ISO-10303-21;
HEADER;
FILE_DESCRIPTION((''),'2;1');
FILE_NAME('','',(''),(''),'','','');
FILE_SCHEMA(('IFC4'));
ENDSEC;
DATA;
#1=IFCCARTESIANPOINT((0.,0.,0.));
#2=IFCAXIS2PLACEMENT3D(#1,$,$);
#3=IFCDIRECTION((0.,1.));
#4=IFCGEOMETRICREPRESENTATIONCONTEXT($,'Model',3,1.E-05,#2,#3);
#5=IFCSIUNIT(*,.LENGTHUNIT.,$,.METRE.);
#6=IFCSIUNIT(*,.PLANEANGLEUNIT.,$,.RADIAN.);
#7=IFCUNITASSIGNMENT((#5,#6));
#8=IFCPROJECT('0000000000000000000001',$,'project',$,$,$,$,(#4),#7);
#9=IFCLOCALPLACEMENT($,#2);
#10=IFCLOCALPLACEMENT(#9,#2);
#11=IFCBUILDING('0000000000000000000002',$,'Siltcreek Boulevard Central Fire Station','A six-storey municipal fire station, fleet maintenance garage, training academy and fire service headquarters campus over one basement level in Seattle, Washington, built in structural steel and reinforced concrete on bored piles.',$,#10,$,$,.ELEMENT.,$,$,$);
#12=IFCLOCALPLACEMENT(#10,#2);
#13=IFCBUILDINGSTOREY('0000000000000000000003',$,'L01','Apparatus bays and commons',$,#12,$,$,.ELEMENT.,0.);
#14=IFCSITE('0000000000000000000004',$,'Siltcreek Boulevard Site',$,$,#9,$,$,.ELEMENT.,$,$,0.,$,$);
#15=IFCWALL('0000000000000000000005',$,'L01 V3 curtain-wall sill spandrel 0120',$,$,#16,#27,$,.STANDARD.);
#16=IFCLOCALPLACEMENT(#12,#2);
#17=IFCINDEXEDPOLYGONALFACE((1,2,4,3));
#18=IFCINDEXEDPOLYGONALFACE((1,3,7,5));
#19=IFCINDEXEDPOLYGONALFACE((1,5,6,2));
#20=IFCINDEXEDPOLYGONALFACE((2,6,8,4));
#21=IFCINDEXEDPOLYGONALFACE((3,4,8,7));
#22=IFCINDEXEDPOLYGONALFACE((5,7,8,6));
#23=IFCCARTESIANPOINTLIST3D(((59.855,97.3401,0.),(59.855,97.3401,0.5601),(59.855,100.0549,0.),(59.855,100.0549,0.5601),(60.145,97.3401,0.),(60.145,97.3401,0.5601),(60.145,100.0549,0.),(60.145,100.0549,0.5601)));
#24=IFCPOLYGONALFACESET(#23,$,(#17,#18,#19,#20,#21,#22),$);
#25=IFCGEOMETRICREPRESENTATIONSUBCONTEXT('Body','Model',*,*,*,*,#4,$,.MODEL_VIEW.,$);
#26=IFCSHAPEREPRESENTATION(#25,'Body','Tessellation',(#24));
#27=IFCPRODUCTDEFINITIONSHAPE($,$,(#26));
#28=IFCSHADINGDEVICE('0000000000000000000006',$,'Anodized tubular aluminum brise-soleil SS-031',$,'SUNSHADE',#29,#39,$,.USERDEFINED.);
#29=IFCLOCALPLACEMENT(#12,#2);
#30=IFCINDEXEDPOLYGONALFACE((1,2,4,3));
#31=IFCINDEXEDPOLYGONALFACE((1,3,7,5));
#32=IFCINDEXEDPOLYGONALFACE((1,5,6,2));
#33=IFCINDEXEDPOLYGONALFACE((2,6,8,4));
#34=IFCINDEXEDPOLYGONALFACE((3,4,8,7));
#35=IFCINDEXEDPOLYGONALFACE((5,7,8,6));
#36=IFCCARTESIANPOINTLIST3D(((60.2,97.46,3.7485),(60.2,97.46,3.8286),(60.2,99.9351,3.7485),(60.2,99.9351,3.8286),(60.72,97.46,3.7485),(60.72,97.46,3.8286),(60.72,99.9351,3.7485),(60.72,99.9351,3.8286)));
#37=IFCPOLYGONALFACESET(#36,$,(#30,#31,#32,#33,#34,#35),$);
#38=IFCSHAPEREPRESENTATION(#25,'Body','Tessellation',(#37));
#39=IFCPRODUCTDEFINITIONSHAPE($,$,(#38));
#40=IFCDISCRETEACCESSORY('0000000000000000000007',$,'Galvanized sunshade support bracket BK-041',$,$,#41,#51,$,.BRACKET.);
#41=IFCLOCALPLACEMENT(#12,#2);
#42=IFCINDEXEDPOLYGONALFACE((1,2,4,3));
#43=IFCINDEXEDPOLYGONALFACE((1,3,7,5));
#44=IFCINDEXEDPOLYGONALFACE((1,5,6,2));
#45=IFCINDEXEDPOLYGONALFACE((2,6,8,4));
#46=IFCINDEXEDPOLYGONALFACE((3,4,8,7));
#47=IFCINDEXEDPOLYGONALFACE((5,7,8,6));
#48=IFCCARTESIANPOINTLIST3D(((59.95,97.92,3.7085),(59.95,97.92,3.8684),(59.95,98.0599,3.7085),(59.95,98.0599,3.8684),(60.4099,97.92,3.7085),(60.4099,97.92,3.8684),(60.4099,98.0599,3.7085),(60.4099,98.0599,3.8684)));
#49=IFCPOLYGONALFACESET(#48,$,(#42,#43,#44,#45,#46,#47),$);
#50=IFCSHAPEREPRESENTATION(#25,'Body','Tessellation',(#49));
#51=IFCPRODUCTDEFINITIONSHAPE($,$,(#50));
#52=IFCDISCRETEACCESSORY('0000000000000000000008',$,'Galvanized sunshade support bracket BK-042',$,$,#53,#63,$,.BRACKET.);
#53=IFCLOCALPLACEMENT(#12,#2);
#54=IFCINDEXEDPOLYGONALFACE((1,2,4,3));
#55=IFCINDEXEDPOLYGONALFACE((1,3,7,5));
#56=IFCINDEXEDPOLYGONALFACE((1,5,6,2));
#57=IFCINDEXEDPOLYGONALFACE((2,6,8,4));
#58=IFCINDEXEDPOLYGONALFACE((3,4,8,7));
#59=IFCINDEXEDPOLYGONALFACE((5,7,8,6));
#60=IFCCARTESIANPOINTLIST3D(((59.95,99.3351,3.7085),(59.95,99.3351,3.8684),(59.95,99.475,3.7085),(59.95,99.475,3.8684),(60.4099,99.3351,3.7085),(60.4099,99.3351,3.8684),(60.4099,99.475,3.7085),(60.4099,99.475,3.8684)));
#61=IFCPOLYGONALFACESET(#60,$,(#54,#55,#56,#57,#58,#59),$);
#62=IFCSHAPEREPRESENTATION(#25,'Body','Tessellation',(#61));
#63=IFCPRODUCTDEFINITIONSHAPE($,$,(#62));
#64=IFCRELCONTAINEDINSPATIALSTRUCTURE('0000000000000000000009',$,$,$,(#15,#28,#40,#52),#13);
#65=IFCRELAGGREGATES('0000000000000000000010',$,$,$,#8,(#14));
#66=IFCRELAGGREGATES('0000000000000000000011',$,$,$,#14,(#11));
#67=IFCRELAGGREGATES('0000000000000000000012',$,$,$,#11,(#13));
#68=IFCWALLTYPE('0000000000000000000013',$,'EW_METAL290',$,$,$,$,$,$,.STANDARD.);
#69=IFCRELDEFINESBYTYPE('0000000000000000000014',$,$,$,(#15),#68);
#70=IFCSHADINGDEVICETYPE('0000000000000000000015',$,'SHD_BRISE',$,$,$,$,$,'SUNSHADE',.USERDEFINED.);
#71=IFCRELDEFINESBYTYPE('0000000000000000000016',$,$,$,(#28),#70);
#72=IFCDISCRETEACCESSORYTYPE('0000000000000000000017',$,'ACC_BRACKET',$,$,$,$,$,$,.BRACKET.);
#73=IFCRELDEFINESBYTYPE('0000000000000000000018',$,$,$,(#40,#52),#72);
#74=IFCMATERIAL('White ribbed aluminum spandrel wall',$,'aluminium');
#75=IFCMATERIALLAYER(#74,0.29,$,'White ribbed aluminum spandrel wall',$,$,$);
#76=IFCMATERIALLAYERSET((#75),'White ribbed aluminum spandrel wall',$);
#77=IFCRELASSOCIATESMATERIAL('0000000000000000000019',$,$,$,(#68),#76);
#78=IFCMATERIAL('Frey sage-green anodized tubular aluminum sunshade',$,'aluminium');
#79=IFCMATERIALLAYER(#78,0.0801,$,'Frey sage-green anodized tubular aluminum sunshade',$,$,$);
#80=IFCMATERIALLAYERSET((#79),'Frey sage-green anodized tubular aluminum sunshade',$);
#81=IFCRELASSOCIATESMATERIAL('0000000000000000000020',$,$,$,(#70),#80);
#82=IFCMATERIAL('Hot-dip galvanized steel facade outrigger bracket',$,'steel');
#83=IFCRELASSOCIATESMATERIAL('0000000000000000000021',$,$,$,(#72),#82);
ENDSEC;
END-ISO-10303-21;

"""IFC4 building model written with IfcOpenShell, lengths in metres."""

from ifc_helpers import new_model, si_unit, direction, frame, frame_2d, origin, origin_2d, place, context, subcontext, project, spatial, rectangle, extrude, material, layer, layer_set, type_object, element, save


model = new_model("IFC4")

# Units and contexts
model_context = context("Model", 3, precision=1e-05, world=origin(), true_north=direction((0.0, 1.0)))
body_context = subcontext(model_context, "Body", "Model", "MODEL_VIEW")
ifc_project = project(units=[si_unit("LENGTHUNIT", "METRE"), si_unit("PLANEANGLEUNIT", "RADIAN")], contexts=[model_context])

# Site, building, storey
site_placement = place(None, origin())
site = spatial("IfcSite", under=ifc_project, at=site_placement, Name="Siltcreek Boulevard Site", CompositionType="ELEMENT", RefElevation=0.0)
building_placement = place(site_placement, origin())
building = spatial("IfcBuilding", under=site, at=building_placement, Name="Siltcreek Boulevard Central Fire Station", Description="A six-storey municipal fire station, fleet maintenance garage, training academy and fire service headquarters campus over one basement level in Seattle, Washington, built in structural steel and reinforced concrete on bored piles.", CompositionType="ELEMENT")
storey_placement = place(building_placement, origin())
storey = spatial("IfcBuildingStorey", under=building, at=storey_placement, Name="L01", Description="Apparatus bays and commons", CompositionType="ELEMENT", Elevation=0.0)

# Wall
ifc_material_1 = material(Name="White ribbed aluminum spandrel wall", Category="aluminium")
ifc_layer_1 = layer(ifc_material_1, 0.29, Name="White ribbed aluminum spandrel wall")
ifc_layer_set_1 = layer_set([ifc_layer_1], Name="White ribbed aluminum spandrel wall")
wall_type = type_object("IfcWallType", Name="EW_METAL290", PredefinedType="STANDARD", material=ifc_layer_set_1)
wall_1_placement = place(storey_placement, frame((60.0, 97.3401, 0.0), z_axis=(0.0, 0.0, 1.0), x_axis=(0.0, 1.0, 0.0)))
element("IfcWall", 1, at=wall_1_placement, inside=storey, type_object=wall_type, Name="L01 V3 curtain-wall sill spandrel 0120", PredefinedType="STANDARD", context=body_context, shape_type="SweptSolid", body=[
    extrude(rectangle(XDim=2.7148, YDim=0.29, at=frame_2d((1.3574, 0.0))), origin(), (0.0, 0.0, 1.0), 0.5601),
])

# Shading device
ifc_material_2 = material(Name="Frey sage-green anodized tubular aluminum sunshade", Category="aluminium")
ifc_layer_2 = layer(ifc_material_2, 0.0801, Name="Frey sage-green anodized tubular aluminum sunshade")
ifc_layer_set_2 = layer_set([ifc_layer_2], Name="Frey sage-green anodized tubular aluminum sunshade")
shading_device_type = type_object("IfcShadingDeviceType", Name="SHD_BRISE", ElementType="SUNSHADE", PredefinedType="USERDEFINED", material=ifc_layer_set_2)
shading_device_placement = place(storey_placement, frame((60.46, 98.6975, 3.7485), z_axis=(0.0, 0.0, 1.0), x_axis=(0.0, 1.0, 0.0)))
element("IfcShadingDevice", 2, at=shading_device_placement, inside=storey, type_object=shading_device_type, Name="Anodized tubular aluminum brise-soleil SS-031", ObjectType="SUNSHADE", PredefinedType="USERDEFINED", context=body_context, shape_type="SweptSolid", body=[
    extrude(rectangle(XDim=2.4751, YDim=0.52, at=origin_2d()), origin(), (0.0, 0.0, 1.0), 0.0801),
])

# Discrete accessories
ifc_material_3 = material(Name="Hot-dip galvanized steel facade outrigger bracket", Category="steel")
discrete_accessory_type = type_object("IfcDiscreteAccessoryType", Name="ACC_BRACKET", PredefinedType="BRACKET", material=ifc_material_3)
for number, where, z_axis, x_axis, name in (
    (3, (60.1799, 97.99, 3.7085), (0.0, 0.0, 1.0), (0.0, 1.0, 0.0), "Galvanized sunshade support bracket BK-041"),
    (4, (60.1799, 99.405, 3.7085), (0.0, 0.0, 1.0), (0.0, 1.0, 0.0), "Galvanized sunshade support bracket BK-042"),
):
    element("IfcDiscreteAccessory", number, at=place(storey_placement, frame(where, z_axis=z_axis, x_axis=x_axis)), inside=storey, type_object=discrete_accessory_type, Name=name, PredefinedType="BRACKET", context=body_context, shape_type="SweptSolid", body=[
        extrude(rectangle(XDim=0.1399, YDim=0.46, at=origin_2d()), origin(), (0.0, 0.0, 1.0), 0.1599),
    ])

save(model, "model.ifc")
